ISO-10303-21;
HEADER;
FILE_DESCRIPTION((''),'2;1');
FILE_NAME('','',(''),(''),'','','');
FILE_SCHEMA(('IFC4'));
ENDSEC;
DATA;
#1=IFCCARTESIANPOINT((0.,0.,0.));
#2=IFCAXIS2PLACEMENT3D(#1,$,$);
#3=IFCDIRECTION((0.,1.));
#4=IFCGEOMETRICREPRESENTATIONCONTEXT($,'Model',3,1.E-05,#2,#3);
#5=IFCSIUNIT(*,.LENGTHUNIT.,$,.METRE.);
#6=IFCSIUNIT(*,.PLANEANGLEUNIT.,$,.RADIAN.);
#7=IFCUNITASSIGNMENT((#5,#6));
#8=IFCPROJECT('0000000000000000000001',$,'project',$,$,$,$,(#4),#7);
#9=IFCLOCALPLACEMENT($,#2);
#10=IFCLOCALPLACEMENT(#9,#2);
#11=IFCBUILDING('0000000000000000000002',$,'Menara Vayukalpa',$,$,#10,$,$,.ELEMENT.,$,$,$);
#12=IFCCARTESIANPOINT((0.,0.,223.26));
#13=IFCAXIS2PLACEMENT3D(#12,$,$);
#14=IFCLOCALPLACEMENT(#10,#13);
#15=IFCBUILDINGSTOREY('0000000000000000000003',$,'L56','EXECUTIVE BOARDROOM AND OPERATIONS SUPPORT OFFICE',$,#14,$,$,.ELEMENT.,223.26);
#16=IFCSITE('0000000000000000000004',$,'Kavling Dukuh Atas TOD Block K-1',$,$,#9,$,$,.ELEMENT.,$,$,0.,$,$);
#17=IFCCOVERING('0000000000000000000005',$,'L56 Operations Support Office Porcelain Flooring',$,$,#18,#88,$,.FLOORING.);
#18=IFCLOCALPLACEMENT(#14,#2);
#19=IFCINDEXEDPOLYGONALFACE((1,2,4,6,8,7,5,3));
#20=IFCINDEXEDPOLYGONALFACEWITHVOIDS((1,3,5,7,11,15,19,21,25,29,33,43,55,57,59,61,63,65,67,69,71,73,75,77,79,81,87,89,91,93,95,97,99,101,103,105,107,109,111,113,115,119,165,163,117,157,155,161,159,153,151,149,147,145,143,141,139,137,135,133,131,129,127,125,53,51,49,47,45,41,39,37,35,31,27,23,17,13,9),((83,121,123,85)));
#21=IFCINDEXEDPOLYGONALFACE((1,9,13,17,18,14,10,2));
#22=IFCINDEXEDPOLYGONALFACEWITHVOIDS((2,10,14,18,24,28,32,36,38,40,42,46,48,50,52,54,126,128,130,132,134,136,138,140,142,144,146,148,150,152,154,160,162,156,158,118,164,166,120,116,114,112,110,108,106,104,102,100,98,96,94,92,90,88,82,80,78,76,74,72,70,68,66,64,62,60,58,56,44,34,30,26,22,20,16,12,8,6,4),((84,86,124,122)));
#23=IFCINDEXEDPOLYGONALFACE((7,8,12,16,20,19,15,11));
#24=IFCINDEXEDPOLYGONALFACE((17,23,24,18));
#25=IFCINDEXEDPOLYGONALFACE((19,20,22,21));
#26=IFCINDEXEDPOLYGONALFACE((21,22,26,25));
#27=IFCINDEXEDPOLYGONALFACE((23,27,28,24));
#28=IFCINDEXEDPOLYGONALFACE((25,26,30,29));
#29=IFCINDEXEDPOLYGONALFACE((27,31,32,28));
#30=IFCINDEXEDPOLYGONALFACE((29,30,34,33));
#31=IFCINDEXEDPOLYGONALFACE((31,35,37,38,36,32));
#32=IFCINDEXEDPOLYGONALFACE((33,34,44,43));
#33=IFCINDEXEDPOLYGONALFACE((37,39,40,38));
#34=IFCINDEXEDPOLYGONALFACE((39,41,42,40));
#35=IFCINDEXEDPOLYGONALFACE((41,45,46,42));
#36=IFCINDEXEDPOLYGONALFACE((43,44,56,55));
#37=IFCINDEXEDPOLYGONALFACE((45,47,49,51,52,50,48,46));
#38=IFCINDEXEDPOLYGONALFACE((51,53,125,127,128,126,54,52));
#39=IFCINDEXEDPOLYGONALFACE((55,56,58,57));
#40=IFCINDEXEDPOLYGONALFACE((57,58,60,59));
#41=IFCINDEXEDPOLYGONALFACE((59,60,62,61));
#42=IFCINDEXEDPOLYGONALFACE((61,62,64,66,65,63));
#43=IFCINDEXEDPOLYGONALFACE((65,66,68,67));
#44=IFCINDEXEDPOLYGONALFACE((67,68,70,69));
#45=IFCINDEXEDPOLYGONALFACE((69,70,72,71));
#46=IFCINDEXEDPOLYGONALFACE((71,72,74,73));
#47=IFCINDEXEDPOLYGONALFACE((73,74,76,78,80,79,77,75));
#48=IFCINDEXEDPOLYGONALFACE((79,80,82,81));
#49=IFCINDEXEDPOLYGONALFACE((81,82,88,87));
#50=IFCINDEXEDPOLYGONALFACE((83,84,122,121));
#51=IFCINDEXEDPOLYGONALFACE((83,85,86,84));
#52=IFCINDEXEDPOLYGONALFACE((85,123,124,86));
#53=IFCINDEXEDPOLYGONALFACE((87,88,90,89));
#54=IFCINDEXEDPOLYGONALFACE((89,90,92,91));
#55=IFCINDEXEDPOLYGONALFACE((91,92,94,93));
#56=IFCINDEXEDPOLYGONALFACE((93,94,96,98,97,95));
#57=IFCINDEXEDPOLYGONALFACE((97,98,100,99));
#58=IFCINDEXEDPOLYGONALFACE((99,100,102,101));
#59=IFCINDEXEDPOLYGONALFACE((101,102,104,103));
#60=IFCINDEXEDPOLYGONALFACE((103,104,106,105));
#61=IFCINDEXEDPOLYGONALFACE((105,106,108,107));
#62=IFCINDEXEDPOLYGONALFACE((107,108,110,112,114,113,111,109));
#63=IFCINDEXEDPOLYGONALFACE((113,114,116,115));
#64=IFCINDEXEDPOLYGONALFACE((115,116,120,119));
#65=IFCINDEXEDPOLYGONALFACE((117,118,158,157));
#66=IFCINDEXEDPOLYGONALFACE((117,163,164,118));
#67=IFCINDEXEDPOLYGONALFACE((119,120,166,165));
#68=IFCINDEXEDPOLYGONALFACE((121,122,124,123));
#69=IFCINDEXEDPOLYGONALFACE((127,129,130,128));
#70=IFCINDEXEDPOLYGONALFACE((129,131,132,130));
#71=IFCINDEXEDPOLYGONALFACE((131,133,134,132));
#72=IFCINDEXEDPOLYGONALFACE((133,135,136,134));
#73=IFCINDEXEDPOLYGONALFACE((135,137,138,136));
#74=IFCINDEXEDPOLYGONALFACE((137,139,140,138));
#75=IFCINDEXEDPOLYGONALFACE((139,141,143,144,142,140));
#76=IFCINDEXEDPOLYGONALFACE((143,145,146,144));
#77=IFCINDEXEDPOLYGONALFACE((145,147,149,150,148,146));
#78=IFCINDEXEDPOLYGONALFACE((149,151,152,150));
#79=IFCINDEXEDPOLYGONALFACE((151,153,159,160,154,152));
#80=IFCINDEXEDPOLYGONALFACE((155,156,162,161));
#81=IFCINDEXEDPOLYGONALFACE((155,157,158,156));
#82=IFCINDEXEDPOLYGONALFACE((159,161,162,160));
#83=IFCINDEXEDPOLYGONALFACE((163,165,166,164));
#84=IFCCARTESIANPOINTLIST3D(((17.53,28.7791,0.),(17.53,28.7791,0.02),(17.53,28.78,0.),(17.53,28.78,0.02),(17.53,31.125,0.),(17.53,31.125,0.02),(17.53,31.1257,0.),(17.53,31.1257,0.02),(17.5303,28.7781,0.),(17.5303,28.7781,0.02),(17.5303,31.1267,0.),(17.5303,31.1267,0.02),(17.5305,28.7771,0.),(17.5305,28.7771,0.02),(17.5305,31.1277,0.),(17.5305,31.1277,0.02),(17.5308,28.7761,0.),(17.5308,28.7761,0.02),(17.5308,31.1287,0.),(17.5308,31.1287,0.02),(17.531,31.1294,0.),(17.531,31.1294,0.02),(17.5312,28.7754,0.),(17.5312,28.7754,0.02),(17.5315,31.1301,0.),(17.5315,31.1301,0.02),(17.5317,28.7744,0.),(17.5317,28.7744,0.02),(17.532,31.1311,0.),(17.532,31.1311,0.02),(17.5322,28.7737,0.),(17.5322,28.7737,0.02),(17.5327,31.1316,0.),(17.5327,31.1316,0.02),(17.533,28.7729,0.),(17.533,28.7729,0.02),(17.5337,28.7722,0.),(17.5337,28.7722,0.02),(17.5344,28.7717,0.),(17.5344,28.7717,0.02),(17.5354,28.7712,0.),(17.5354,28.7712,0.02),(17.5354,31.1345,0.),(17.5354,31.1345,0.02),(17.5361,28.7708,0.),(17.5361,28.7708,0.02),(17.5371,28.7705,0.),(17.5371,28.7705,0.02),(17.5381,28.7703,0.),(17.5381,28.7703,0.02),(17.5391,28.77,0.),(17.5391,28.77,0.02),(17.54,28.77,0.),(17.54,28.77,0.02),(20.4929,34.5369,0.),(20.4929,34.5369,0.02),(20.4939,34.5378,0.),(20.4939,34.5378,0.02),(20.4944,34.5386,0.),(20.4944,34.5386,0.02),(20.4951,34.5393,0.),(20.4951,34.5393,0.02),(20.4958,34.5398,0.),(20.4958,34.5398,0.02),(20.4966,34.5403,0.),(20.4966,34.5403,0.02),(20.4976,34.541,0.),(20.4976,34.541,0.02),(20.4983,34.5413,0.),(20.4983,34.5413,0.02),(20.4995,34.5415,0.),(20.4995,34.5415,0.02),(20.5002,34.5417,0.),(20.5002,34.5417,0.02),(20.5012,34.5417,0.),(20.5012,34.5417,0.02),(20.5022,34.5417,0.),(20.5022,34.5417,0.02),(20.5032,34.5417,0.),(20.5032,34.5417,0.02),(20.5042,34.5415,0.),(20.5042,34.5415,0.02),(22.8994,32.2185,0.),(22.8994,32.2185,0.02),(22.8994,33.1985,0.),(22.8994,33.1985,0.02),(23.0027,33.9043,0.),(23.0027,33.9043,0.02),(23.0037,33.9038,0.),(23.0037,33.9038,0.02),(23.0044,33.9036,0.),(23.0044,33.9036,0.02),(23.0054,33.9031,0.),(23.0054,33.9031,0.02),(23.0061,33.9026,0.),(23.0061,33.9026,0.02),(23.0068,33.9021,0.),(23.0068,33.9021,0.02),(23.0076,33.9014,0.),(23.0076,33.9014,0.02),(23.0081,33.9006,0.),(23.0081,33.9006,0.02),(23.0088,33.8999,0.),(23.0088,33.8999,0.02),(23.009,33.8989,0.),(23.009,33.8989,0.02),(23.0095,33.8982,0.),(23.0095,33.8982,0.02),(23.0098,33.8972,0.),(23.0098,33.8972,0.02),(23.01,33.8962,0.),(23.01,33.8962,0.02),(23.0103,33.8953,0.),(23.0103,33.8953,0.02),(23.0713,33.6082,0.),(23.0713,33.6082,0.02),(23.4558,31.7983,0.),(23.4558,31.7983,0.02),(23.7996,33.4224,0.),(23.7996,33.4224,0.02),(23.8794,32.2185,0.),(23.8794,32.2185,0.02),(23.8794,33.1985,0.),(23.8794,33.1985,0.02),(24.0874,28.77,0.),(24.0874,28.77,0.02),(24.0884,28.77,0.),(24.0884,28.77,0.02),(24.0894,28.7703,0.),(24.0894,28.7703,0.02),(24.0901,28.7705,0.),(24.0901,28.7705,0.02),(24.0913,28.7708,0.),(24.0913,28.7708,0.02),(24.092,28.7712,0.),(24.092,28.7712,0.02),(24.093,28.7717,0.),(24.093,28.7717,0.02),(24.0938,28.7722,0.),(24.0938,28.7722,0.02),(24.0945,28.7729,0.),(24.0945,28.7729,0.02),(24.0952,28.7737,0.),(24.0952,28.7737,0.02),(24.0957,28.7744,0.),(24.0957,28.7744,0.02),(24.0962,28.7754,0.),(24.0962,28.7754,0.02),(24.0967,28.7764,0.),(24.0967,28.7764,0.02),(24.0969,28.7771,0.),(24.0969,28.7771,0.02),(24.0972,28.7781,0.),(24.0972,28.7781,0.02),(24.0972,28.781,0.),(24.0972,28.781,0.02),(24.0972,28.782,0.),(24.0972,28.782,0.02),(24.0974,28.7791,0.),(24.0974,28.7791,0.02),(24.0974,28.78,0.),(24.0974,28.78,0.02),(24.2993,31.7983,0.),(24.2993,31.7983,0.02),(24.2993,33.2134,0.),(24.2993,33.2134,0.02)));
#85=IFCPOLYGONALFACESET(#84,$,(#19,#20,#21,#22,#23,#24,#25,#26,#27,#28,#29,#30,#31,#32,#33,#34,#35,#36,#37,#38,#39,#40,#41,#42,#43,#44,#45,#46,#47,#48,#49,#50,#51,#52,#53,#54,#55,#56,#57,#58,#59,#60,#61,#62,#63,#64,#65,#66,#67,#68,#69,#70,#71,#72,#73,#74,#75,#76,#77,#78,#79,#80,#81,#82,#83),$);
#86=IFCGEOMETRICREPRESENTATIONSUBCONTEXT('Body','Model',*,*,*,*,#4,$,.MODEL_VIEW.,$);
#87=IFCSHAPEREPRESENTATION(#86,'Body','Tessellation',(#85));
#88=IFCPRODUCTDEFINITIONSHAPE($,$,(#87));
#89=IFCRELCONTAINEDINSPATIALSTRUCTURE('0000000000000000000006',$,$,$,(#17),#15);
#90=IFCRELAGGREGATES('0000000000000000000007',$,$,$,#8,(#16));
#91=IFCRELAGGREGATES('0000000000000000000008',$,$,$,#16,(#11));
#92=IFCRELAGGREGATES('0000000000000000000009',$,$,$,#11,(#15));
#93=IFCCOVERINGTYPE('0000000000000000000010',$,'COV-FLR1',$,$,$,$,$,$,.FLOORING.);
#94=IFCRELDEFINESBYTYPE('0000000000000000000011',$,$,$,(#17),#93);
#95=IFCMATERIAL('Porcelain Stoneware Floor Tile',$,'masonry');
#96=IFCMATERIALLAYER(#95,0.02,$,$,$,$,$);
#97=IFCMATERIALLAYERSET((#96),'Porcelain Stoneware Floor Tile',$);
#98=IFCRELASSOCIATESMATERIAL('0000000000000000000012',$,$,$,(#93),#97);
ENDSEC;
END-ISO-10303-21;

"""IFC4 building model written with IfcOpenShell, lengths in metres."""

from ifc_helpers import new_model, si_unit, direction, frame, origin, place, context, subcontext, project, spatial, polyline, outline, extrude, material, layer, layer_set, type_object, element, save


model = new_model("IFC4")

# Units and contexts
model_context = context("Model", 3, precision=1e-05, world=origin(), true_north=direction((0.0, 1.0)))
body_context = subcontext(model_context, "Body", "Model", "MODEL_VIEW")
ifc_project = project(units=[si_unit("LENGTHUNIT", "METRE"), si_unit("PLANEANGLEUNIT", "RADIAN")], contexts=[model_context])

# Site, building, storey
site_placement = place(None, origin())
site = spatial("IfcSite", under=ifc_project, at=site_placement, Name="Kavling Dukuh Atas TOD Block K-1", CompositionType="ELEMENT", RefElevation=0.0)
building_placement = place(site_placement, origin())
building = spatial("IfcBuilding", under=site, at=building_placement, Name="Menara Vayukalpa", CompositionType="ELEMENT")
storey_placement = place(building_placement, frame((0.0, 0.0, 223.26)))
storey = spatial("IfcBuildingStorey", under=building, at=storey_placement, Name="L56", Description="EXECUTIVE BOARDROOM AND OPERATIONS SUPPORT OFFICE", CompositionType="ELEMENT", Elevation=223.26)

# Covering
ifc_material_1 = material(Name="Porcelain Stoneware Floor Tile", Category="masonry")
ifc_layer_1 = layer(ifc_material_1, 0.02)
ifc_layer_set_1 = layer_set([ifc_layer_1], Name="Porcelain Stoneware Floor Tile")
covering_type_1 = type_object("IfcCoveringType", Name="COV-FLR1", PredefinedType="FLOORING", material=ifc_layer_set_1)
covering_1_placement = place(storey_placement, origin())
element("IfcCovering", 1, at=covering_1_placement, inside=storey, type_object=covering_type_1, Name="L56 Operations Support Office Porcelain Flooring", PredefinedType="FLOORING", context=body_context, shape_type="SweptSolid", body=[
    extrude(outline(polyline([(23.0044, 33.9036), (23.0054, 33.9031), (23.0061, 33.9026), (23.0068, 33.9021), (23.0076, 33.9014), (23.0081, 33.9006), (23.0088, 33.8999), (23.009, 33.8989), (23.0095, 33.8982), (23.0098, 33.8972), (23.01, 33.8962), (23.0103, 33.8953), (23.0713, 33.6082), (23.7996, 33.4224), (24.2993, 33.2134), (24.2993, 31.7983), (23.4558, 31.7983), (24.0972, 28.782), (24.0972, 28.781), (24.0974, 28.78), (24.0974, 28.7791), (24.0972, 28.7781), (24.0969, 28.7771), (24.0967, 28.7764), (24.0962, 28.7754), (24.0957, 28.7744), (24.0952, 28.7737), (24.0945, 28.7729), (24.0938, 28.7722), (24.093, 28.7717), (24.092, 28.7712), (24.0913, 28.7708), (24.0901, 28.7705), (24.0894, 28.7703), (24.0884, 28.77), (24.0874, 28.77), (17.54, 28.77), (17.5391, 28.77), (17.5381, 28.7703), (17.5371, 28.7705), (17.5361, 28.7708), (17.5354, 28.7712), (17.5344, 28.7717), (17.5337, 28.7722), (17.533, 28.7729), (17.5322, 28.7737), (17.5317, 28.7744), (17.5312, 28.7754), (17.5308, 28.7761), (17.5305, 28.7771), (17.5303, 28.7781), (17.53, 28.7791), (17.53, 28.78), (17.53, 31.125), (17.53, 31.1257), (17.5303, 31.1267), (17.5305, 31.1277), (17.5308, 31.1287), (17.531, 31.1294), (17.5315, 31.1301), (17.532, 31.1311), (17.5327, 31.1316), (17.5354, 31.1345), (20.4929, 34.5369), (20.4939, 34.5378), (20.4944, 34.5386), (20.4951, 34.5393), (20.4958, 34.5398), (20.4966, 34.5403), (20.4976, 34.541), (20.4983, 34.5413), (20.4995, 34.5415), (20.5002, 34.5417), (20.5012, 34.5417), (20.5022, 34.5417), (20.5032, 34.5417), (20.5042, 34.5415), (23.0027, 33.9043), (23.0037, 33.9038), (23.0044, 33.9036)]), holes=[polyline([(23.8794, 33.1985), (22.8994, 33.1985), (22.8994, 32.2185), (23.8794, 32.2185), (23.8794, 33.1985)])]), origin(), (0.0, 0.0, 1.0), 0.02),
])

save(model, "model.ifc")
